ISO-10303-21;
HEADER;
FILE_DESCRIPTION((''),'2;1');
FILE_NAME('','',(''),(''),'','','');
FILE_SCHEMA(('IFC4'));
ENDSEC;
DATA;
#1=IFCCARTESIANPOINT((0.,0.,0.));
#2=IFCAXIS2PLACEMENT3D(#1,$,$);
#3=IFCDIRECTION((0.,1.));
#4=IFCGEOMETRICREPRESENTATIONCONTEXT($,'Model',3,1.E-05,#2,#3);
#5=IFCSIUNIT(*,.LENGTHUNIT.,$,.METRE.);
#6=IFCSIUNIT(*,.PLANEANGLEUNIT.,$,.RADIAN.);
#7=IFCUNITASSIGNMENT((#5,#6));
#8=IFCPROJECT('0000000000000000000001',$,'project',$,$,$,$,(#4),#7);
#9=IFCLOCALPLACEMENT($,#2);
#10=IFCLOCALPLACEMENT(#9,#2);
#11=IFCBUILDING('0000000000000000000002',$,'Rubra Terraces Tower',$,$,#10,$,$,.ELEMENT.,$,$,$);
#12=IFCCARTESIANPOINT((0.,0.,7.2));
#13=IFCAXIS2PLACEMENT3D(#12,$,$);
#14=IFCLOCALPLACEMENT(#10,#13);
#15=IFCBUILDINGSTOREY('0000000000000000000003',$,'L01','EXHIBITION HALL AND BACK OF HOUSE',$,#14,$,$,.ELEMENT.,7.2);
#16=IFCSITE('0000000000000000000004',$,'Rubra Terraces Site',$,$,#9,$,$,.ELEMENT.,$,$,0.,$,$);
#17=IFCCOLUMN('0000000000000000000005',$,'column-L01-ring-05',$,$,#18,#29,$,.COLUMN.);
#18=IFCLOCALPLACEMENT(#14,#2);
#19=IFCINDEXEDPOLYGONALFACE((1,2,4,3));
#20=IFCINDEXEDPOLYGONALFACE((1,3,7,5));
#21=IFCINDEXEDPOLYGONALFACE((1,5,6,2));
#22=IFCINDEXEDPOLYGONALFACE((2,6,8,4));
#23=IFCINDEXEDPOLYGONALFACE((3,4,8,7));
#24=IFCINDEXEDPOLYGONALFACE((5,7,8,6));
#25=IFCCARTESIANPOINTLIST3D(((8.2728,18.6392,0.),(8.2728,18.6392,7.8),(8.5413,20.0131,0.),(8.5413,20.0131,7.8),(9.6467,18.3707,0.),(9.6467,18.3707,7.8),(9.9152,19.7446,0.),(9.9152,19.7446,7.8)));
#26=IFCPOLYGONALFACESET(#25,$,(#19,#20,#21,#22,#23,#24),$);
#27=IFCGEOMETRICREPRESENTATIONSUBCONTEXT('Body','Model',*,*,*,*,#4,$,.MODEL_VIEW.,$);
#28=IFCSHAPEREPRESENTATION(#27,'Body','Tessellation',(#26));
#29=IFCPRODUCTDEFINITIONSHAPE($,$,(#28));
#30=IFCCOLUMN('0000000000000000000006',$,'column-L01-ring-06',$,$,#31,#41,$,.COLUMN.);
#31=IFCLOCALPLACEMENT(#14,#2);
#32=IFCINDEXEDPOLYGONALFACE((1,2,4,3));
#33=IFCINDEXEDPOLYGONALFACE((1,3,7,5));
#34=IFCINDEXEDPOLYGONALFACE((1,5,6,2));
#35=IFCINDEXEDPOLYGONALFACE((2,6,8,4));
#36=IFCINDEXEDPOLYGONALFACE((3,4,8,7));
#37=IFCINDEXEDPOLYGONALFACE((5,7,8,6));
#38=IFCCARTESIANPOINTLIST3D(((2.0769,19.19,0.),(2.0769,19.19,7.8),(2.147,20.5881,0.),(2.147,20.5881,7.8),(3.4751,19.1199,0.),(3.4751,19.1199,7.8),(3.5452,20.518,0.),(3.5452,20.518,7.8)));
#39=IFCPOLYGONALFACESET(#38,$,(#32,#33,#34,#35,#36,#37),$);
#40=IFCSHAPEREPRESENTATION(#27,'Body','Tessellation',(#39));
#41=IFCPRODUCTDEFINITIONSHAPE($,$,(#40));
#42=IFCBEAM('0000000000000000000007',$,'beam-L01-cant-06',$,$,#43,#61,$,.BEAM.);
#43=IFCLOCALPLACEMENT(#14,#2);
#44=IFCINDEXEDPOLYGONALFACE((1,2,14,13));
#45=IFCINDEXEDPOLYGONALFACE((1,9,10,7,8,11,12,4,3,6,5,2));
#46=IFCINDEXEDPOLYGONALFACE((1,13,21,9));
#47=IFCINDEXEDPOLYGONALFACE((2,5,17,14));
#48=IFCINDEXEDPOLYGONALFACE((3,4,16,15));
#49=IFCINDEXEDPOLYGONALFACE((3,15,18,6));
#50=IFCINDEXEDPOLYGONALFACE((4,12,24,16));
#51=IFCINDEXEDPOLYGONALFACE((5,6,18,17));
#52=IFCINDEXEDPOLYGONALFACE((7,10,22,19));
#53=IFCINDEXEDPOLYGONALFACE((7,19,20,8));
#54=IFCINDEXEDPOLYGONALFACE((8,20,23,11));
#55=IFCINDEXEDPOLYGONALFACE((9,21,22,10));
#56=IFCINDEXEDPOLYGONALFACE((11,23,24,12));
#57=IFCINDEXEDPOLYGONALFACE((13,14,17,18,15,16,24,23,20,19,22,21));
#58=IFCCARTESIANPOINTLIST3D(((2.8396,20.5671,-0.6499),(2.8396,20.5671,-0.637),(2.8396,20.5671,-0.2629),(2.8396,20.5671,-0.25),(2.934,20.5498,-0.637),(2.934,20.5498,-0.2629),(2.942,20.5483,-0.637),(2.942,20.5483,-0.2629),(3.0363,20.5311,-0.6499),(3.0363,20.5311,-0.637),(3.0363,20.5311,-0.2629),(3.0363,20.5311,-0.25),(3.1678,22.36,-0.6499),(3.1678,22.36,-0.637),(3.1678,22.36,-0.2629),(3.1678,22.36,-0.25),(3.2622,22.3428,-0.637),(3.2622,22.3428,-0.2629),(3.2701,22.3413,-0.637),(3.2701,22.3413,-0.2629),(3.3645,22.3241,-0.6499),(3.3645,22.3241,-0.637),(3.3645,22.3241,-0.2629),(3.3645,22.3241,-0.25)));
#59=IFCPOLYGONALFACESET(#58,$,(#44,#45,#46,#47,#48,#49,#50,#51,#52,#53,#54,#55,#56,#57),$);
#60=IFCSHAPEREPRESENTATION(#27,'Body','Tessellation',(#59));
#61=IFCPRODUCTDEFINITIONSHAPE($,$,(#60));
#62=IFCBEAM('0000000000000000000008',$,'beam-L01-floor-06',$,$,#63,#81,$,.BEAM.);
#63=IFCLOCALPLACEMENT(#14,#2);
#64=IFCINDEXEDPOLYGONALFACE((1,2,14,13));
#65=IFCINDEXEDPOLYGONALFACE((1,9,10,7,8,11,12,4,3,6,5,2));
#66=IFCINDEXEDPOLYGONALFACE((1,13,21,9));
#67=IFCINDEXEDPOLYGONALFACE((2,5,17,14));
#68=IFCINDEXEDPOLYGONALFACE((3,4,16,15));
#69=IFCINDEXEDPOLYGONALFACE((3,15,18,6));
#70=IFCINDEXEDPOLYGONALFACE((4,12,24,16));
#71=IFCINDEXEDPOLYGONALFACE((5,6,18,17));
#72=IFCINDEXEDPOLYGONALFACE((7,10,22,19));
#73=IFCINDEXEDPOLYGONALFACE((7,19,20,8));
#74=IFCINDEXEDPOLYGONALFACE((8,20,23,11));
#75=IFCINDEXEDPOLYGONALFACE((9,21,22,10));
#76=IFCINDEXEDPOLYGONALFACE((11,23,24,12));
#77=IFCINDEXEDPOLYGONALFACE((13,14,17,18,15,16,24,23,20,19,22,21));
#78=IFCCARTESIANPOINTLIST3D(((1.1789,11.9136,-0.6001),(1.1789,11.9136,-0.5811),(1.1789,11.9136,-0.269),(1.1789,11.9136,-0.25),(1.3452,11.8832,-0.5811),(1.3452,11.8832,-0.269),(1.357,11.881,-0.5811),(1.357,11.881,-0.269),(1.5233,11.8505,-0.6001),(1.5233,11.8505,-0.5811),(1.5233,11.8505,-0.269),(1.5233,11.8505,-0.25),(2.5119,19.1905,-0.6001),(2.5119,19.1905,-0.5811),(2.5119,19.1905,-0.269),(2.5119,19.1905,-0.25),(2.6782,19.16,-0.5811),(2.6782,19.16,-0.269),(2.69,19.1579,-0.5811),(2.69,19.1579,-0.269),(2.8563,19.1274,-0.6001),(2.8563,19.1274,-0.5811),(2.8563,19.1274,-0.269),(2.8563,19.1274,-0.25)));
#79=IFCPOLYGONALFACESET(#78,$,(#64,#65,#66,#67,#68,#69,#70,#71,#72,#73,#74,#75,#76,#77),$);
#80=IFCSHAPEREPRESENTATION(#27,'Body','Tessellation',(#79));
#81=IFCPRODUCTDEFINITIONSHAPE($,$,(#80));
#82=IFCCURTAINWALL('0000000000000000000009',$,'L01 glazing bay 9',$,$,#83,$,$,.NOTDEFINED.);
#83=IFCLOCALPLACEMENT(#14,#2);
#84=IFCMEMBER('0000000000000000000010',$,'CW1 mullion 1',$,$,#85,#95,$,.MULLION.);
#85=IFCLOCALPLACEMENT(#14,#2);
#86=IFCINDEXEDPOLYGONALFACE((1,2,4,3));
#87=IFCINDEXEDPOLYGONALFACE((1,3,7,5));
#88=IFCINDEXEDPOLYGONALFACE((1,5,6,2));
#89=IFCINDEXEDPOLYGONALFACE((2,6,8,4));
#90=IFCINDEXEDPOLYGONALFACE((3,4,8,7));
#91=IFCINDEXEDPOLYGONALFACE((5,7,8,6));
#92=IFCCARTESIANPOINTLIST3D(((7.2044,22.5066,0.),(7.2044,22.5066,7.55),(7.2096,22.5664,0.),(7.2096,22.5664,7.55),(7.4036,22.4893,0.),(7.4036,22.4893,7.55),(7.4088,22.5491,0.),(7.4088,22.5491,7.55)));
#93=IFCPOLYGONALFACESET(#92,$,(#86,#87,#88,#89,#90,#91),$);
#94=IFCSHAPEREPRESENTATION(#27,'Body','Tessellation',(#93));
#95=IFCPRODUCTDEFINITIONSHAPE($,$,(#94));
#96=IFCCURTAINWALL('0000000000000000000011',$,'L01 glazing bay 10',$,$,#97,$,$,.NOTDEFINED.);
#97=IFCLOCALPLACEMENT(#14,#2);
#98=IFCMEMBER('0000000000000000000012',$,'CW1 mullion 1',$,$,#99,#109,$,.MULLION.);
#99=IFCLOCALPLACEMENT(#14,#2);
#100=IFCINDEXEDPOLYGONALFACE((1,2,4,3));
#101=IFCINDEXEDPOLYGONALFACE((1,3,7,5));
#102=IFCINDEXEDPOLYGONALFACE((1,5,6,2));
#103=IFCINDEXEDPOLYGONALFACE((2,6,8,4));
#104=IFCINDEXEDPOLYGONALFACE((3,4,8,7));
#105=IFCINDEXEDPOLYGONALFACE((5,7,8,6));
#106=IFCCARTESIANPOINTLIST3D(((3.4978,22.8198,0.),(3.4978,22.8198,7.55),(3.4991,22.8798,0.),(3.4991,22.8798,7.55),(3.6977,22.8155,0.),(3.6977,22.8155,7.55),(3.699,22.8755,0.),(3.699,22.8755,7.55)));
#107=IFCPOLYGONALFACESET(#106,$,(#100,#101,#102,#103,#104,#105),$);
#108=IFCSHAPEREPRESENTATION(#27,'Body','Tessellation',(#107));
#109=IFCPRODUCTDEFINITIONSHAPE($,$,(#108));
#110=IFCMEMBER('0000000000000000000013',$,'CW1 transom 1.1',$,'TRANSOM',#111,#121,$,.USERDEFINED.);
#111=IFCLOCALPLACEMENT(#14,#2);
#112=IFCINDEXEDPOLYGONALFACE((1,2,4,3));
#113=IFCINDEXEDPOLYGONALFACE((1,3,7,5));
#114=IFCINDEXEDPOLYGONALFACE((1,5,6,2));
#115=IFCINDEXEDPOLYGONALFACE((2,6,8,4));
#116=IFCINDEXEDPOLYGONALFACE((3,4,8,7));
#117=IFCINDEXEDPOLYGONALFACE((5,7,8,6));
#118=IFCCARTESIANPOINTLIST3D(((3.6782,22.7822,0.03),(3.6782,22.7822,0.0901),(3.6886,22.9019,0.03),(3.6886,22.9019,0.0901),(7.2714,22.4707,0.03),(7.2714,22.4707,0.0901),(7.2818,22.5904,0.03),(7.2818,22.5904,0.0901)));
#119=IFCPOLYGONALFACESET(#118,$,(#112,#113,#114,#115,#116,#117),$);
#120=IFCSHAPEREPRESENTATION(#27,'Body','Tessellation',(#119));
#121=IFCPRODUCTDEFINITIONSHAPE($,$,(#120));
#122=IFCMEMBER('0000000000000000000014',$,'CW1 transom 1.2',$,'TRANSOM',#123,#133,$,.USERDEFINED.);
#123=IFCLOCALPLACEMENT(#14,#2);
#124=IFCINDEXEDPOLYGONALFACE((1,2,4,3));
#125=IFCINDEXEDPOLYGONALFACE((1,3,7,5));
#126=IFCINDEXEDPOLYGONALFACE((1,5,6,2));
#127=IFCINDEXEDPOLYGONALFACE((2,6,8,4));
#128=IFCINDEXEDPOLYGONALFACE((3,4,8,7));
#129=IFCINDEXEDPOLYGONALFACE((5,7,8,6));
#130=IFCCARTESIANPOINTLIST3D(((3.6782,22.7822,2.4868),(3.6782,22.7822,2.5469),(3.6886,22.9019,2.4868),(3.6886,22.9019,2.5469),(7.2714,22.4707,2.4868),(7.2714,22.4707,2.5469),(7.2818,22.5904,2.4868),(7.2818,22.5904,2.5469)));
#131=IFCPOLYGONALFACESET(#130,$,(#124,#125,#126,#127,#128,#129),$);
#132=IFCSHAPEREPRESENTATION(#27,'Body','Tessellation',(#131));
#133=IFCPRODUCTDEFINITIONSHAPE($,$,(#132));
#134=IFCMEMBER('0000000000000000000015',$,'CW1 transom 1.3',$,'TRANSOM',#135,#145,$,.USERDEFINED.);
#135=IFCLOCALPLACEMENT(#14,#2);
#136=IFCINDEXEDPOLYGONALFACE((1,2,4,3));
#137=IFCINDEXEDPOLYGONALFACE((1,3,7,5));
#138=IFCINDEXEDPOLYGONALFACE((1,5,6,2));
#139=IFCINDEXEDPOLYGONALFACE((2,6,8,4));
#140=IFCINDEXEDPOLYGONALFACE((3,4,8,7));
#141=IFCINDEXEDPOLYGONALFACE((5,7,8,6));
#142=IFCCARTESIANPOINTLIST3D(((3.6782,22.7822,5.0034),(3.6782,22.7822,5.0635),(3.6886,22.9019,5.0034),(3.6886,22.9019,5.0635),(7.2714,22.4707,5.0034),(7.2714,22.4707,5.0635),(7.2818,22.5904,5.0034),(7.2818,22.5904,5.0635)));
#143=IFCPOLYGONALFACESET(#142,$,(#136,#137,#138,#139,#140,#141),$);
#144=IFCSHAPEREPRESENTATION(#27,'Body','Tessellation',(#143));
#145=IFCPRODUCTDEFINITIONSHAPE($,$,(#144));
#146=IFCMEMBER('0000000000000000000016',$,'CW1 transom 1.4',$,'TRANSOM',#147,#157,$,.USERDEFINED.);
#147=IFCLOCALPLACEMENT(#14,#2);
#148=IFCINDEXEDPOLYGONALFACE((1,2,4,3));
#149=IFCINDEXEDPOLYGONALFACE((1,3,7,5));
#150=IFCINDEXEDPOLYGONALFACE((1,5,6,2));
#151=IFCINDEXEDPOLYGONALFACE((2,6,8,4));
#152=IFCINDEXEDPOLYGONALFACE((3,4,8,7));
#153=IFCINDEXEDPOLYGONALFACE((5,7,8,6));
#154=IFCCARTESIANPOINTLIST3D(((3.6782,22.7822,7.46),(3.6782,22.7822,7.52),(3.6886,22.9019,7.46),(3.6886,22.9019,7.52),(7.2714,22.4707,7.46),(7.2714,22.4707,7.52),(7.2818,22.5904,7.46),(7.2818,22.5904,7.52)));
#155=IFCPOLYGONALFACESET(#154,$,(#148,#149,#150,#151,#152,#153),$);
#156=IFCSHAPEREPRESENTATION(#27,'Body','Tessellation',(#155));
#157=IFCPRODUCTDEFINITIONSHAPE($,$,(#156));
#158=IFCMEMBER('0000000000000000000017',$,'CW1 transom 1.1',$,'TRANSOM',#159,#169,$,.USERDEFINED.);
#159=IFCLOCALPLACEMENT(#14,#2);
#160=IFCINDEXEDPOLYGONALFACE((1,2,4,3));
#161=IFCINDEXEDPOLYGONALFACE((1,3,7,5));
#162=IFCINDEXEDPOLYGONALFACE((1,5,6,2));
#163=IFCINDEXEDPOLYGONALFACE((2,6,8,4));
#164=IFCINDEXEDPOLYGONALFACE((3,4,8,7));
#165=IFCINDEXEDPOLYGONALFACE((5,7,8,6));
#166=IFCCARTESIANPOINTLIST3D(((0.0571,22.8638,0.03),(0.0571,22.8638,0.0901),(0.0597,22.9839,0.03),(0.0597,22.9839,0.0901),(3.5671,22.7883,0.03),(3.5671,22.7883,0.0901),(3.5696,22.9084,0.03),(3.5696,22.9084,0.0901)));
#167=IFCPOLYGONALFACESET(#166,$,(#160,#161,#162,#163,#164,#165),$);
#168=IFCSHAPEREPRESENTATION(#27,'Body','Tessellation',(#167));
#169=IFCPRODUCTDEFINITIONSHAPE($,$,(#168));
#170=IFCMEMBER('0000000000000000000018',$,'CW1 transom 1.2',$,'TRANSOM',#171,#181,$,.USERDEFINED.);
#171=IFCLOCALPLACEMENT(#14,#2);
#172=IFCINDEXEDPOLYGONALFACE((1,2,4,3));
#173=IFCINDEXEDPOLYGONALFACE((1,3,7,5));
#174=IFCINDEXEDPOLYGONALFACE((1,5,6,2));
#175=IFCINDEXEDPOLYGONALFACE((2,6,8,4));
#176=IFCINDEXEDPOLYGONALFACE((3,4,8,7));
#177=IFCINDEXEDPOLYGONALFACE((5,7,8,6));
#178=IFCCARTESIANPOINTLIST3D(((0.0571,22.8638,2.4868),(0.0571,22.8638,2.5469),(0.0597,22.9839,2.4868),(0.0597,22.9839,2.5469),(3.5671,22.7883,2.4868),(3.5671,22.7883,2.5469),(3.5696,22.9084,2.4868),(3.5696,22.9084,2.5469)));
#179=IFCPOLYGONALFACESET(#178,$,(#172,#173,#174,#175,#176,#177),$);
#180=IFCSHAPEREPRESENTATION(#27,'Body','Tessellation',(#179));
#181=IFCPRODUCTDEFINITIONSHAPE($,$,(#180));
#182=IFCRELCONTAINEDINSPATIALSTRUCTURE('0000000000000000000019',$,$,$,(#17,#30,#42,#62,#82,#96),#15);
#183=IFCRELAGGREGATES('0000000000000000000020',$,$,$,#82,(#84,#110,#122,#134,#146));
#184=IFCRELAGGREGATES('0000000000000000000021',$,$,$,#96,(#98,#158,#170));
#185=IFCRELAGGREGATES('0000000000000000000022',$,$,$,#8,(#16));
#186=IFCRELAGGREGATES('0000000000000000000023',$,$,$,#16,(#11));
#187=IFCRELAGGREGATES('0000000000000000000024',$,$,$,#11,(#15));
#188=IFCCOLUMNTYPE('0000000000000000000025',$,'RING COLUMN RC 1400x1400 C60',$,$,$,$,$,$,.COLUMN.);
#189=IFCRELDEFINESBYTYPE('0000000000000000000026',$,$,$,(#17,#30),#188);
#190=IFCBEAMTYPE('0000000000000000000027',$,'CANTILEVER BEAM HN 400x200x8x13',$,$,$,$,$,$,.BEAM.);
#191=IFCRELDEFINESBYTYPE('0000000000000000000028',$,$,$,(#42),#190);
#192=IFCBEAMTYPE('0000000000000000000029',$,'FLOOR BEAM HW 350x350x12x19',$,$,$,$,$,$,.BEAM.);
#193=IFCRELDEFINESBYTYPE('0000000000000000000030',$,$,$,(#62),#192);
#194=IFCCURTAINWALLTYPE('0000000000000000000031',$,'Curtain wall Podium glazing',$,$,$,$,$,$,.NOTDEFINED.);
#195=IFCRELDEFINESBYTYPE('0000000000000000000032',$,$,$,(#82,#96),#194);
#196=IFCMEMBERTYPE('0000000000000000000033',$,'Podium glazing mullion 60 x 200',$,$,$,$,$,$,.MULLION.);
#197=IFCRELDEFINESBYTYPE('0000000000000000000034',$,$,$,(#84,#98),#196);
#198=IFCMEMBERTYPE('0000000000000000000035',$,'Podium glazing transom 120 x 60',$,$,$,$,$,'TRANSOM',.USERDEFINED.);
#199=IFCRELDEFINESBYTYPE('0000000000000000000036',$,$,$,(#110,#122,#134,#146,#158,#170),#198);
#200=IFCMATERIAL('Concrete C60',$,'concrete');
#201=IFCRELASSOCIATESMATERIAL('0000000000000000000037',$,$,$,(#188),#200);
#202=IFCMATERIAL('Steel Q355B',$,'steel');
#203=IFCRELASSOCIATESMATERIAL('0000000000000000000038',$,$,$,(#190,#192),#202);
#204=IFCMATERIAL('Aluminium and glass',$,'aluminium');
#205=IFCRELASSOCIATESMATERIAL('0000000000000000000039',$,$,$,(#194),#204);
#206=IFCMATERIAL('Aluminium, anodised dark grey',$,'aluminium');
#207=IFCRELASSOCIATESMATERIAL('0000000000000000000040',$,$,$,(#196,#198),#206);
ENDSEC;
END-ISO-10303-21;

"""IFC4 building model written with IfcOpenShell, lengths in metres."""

from ifc_helpers import new_model, si_unit, direction, frame, origin, origin_2d, place, context, subcontext, project, spatial, rectangle, i_section, extrude, material, material_profile, profile_set, type_object, element, aggregate, save


model = new_model("IFC4")

# Units and contexts
model_context = context("Model", 3, precision=1e-05, world=origin(), true_north=direction((0.0, 1.0)))
body_context = subcontext(model_context, "Body", "Model", "MODEL_VIEW")
ifc_project = project(units=[si_unit("LENGTHUNIT", "METRE"), si_unit("PLANEANGLEUNIT", "RADIAN")], contexts=[model_context])

# Site, building, storey
site_placement = place(None, origin())
site = spatial("IfcSite", under=ifc_project, at=site_placement, Name="Rubra Terraces Site", CompositionType="ELEMENT", RefElevation=0.0)
building_placement = place(site_placement, origin())
building = spatial("IfcBuilding", under=site, at=building_placement, Name="Rubra Terraces Tower", CompositionType="ELEMENT")
storey_placement = place(building_placement, frame((0.0, 0.0, 7.2)))
storey = spatial("IfcBuildingStorey", under=building, at=storey_placement, Name="L01", Description="EXHIBITION HALL AND BACK OF HOUSE", CompositionType="ELEMENT", Elevation=7.2)

# Columns
ifc_material_1 = material(Name="Concrete C60", Category="concrete")
ifc_material_profile_1 = material_profile(ifc_material_1, rectangle(XDim=1.3999, YDim=1.3999, at=origin_2d()), Name="RC 1400x1400")
ifc_profile_set_1 = profile_set([ifc_material_profile_1], Name="Concrete C60")
column_type = type_object("IfcColumnType", Name="RING COLUMN RC 1400x1400 C60", PredefinedType="COLUMN", material=ifc_profile_set_1)
for number, where, z_axis, x_axis, name in (
    (1, (9.094, 19.1919, 0.0), (0.0, 0.0, 1.0), (-0.98143, 0.191819, 0.0), "column-L01-ring-05"),
    (2, (2.811, 19.854, 0.0), (0.0, 0.0, 1.0), (-0.998745, 0.050084, 0.0), "column-L01-ring-06"),
):
    element("IfcColumn", number, at=place(storey_placement, frame(where, z_axis=z_axis, x_axis=x_axis)), inside=storey, type_object=column_type, Name=name, PredefinedType="COLUMN", context=body_context, shape_type="SweptSolid", body=[
        extrude(rectangle(XDim=1.3999, YDim=1.3999, at=origin_2d()), origin(), (0.0, 0.0, 1.0), 7.8),
    ])

# Beams
ifc_material_2 = material(Name="Steel Q355B", Category="steel")
ifc_material_profile_2 = material_profile(ifc_material_2, i_section(OverallWidth=0.2, OverallDepth=0.3999, WebThickness=0.0081, FlangeThickness=0.0129, at=origin_2d()), Name="HN 400x200x8x13")
ifc_profile_set_2 = profile_set([ifc_material_profile_2], Name="Steel Q355B")
beam_type_1 = type_object("IfcBeamType", Name="CANTILEVER BEAM HN 400x200x8x13", PredefinedType="BEAM", material=ifc_profile_set_2)
beam_1_placement = place(storey_placement, frame((2.938, 20.5491, -0.45), z_axis=(0.180017, 0.983664, 0.0), x_axis=(-0.983664, 0.180017, 0.0)))
element("IfcBeam", 3, at=beam_1_placement, inside=storey, type_object=beam_type_1, Name="beam-L01-cant-06", PredefinedType="BEAM", context=body_context, shape_type="SweptSolid", body=[
    extrude(i_section(OverallWidth=0.2, OverallDepth=0.3999, WebThickness=0.0081, FlangeThickness=0.0129, at=origin_2d()), origin(), (0.0, 0.0, 1.0), 1.8228),
])
ifc_material_profile_3 = material_profile(ifc_material_2, i_section(OverallWidth=0.3501, OverallDepth=0.3501, WebThickness=0.012, FlangeThickness=0.019, at=origin_2d()), Name="HW 350x350x12x19")
ifc_profile_set_3 = profile_set([ifc_material_profile_3], Name="Steel Q355B")
beam_type_2 = type_object("IfcBeamType", Name="FLOOR BEAM HW 350x350x12x19", PredefinedType="BEAM", material=ifc_profile_set_3)
beam_2_placement = place(storey_placement, frame((2.6841, 19.1589, -0.425), z_axis=(-0.180186, -0.983632, 0.0), x_axis=(0.983632, -0.180186, 0.0)))
element("IfcBeam", 4, at=beam_2_placement, inside=storey, type_object=beam_type_2, Name="beam-L01-floor-06", PredefinedType="BEAM", context=body_context, shape_type="SweptSolid", body=[
    extrude(i_section(OverallWidth=0.3501, OverallDepth=0.3501, WebThickness=0.012, FlangeThickness=0.019, at=origin_2d()), origin(), (0.0, 0.0, 1.0), 7.3979),
])

# Curtain walls, members
ifc_material_3 = material(Name="Aluminium and glass", Category="aluminium")
curtain_wall_type = type_object("IfcCurtainWallType", Name="Curtain wall Podium glazing", PredefinedType="NOTDEFINED", material=ifc_material_3)
curtain_wall_1_placement = place(storey_placement, origin())
curtain_wall_1 = element("IfcCurtainWall", 5, at=curtain_wall_1_placement, inside=storey, type_object=curtain_wall_type, Name="L01 glazing bay 9", PredefinedType="NOTDEFINED")
ifc_material_4 = material(Name="Aluminium, anodised dark grey", Category="aluminium")
ifc_material_profile_4 = material_profile(ifc_material_4, rectangle(XDim=0.0601, YDim=0.2, at=origin_2d()), Name="AL 60x200")
ifc_profile_set_4 = profile_set([ifc_material_profile_4], Name="Aluminium, anodised dark grey")
member_type_1 = type_object("IfcMemberType", Name="Podium glazing mullion 60 x 200", PredefinedType="MULLION", material=ifc_profile_set_4)
member_1_placement = place(storey_placement, frame((7.3066, 22.5278, 0.0), z_axis=(0.0, 0.0, 1.0), x_axis=(-0.086398, -0.996261, 0.0)))
member_1 = element("IfcMember", 6, at=member_1_placement, type_object=member_type_1, Name="CW1 mullion 1", PredefinedType="MULLION", context=body_context, shape_type="SweptSolid", body=[
    extrude(rectangle(XDim=0.0601, YDim=0.2, at=origin_2d()), origin(), (0.0, 0.0, 1.0), 7.55),
])
curtain_wall_2_placement = place(storey_placement, origin())
curtain_wall_2 = element("IfcCurtainWall", 7, at=curtain_wall_2_placement, inside=storey, type_object=curtain_wall_type, Name="L01 glazing bay 10", PredefinedType="NOTDEFINED")
member_2_placement = place(storey_placement, frame((3.5984, 22.8477, 0.0), z_axis=(0.0, 0.0, 1.0), x_axis=(-0.021483, -0.999769, 0.0)))
member_2 = element("IfcMember", 8, at=member_2_placement, type_object=member_type_1, Name="CW1 mullion 1", PredefinedType="MULLION", context=body_context, shape_type="SweptSolid", body=[
    extrude(rectangle(XDim=0.0601, YDim=0.2, at=origin_2d()), origin(), (0.0, 0.0, 1.0), 7.55),
])

# Members
ifc_material_profile_5 = material_profile(ifc_material_4, rectangle(XDim=0.1201, YDim=0.0601, at=origin_2d()), Name="AL 120x60")
ifc_profile_set_5 = profile_set([ifc_material_profile_5], Name="Aluminium, anodised dark grey")
member_type_2 = type_object("IfcMemberType", Name="Podium glazing transom 120 x 60", ElementType="TRANSOM", PredefinedType="USERDEFINED", material=ifc_profile_set_5)
member_3_placement = place(storey_placement, frame((7.2766, 22.5305, 0.0601), z_axis=(-0.996263, 0.086373, 0.0), x_axis=(-0.086373, -0.996263, 0.0)))
member_3 = element("IfcMember", 9, at=member_3_placement, type_object=member_type_2, Name="CW1 transom 1.1", ObjectType="TRANSOM", PredefinedType="USERDEFINED", context=body_context, shape_type="SweptSolid", body=[
    extrude(rectangle(XDim=0.1201, YDim=0.0601, at=origin_2d()), origin(), (0.0, 0.0, 1.0), 3.6067),
])
member_4_placement = place(storey_placement, frame((7.2766, 22.5305, 2.5168), z_axis=(-0.996263, 0.086373, 0.0), x_axis=(-0.086373, -0.996263, 0.0)))
member_4 = element("IfcMember", 10, at=member_4_placement, type_object=member_type_2, Name="CW1 transom 1.2", ObjectType="TRANSOM", PredefinedType="USERDEFINED", context=body_context, shape_type="SweptSolid", body=[
    extrude(rectangle(XDim=0.1201, YDim=0.0601, at=origin_2d()), origin(), (0.0, 0.0, 1.0), 3.6067),
])
member_5_placement = place(storey_placement, frame((7.2766, 22.5305, 5.0334), z_axis=(-0.996263, 0.086373, 0.0), x_axis=(-0.086373, -0.996263, 0.0)))
member_5 = element("IfcMember", 11, at=member_5_placement, type_object=member_type_2, Name="CW1 transom 1.3", ObjectType="TRANSOM", PredefinedType="USERDEFINED", context=body_context, shape_type="SweptSolid", body=[
    extrude(rectangle(XDim=0.1201, YDim=0.0601, at=origin_2d()), origin(), (0.0, 0.0, 1.0), 3.6067),
])
member_6_placement = place(storey_placement, frame((7.2766, 22.5305, 7.49), z_axis=(-0.996263, 0.086373, 0.0), x_axis=(-0.086373, -0.996263, 0.0)))
member_6 = element("IfcMember", 12, at=member_6_placement, type_object=member_type_2, Name="CW1 transom 1.4", ObjectType="TRANSOM", PredefinedType="USERDEFINED", context=body_context, shape_type="SweptSolid", body=[
    extrude(rectangle(XDim=0.1201, YDim=0.0601, at=origin_2d()), origin(), (0.0, 0.0, 1.0), 3.6067),
])
member_7_placement = place(storey_placement, frame((3.5684, 22.8484, 0.0601), z_axis=(-0.999769, 0.021488, 0.0), x_axis=(-0.021488, -0.999769, 0.0)))
member_7 = element("IfcMember", 13, at=member_7_placement, type_object=member_type_2, Name="CW1 transom 1.1", ObjectType="TRANSOM", PredefinedType="USERDEFINED", context=body_context, shape_type="SweptSolid", body=[
    extrude(rectangle(XDim=0.1201, YDim=0.0601, at=origin_2d()), origin(), (0.0, 0.0, 1.0), 3.5107),
])
member_8_placement = place(storey_placement, frame((3.5684, 22.8484, 2.5168), z_axis=(-0.999769, 0.021488, 0.0), x_axis=(-0.021488, -0.999769, 0.0)))
member_8 = element("IfcMember", 14, at=member_8_placement, type_object=member_type_2, Name="CW1 transom 1.2", ObjectType="TRANSOM", PredefinedType="USERDEFINED", context=body_context, shape_type="SweptSolid", body=[
    extrude(rectangle(XDim=0.1201, YDim=0.0601, at=origin_2d()), origin(), (0.0, 0.0, 1.0), 3.5107),
])

aggregate(curtain_wall_1, [member_1, member_3, member_4, member_5, member_6])
aggregate(curtain_wall_2, [member_2, member_7, member_8])

save(model, "model.ifc")
